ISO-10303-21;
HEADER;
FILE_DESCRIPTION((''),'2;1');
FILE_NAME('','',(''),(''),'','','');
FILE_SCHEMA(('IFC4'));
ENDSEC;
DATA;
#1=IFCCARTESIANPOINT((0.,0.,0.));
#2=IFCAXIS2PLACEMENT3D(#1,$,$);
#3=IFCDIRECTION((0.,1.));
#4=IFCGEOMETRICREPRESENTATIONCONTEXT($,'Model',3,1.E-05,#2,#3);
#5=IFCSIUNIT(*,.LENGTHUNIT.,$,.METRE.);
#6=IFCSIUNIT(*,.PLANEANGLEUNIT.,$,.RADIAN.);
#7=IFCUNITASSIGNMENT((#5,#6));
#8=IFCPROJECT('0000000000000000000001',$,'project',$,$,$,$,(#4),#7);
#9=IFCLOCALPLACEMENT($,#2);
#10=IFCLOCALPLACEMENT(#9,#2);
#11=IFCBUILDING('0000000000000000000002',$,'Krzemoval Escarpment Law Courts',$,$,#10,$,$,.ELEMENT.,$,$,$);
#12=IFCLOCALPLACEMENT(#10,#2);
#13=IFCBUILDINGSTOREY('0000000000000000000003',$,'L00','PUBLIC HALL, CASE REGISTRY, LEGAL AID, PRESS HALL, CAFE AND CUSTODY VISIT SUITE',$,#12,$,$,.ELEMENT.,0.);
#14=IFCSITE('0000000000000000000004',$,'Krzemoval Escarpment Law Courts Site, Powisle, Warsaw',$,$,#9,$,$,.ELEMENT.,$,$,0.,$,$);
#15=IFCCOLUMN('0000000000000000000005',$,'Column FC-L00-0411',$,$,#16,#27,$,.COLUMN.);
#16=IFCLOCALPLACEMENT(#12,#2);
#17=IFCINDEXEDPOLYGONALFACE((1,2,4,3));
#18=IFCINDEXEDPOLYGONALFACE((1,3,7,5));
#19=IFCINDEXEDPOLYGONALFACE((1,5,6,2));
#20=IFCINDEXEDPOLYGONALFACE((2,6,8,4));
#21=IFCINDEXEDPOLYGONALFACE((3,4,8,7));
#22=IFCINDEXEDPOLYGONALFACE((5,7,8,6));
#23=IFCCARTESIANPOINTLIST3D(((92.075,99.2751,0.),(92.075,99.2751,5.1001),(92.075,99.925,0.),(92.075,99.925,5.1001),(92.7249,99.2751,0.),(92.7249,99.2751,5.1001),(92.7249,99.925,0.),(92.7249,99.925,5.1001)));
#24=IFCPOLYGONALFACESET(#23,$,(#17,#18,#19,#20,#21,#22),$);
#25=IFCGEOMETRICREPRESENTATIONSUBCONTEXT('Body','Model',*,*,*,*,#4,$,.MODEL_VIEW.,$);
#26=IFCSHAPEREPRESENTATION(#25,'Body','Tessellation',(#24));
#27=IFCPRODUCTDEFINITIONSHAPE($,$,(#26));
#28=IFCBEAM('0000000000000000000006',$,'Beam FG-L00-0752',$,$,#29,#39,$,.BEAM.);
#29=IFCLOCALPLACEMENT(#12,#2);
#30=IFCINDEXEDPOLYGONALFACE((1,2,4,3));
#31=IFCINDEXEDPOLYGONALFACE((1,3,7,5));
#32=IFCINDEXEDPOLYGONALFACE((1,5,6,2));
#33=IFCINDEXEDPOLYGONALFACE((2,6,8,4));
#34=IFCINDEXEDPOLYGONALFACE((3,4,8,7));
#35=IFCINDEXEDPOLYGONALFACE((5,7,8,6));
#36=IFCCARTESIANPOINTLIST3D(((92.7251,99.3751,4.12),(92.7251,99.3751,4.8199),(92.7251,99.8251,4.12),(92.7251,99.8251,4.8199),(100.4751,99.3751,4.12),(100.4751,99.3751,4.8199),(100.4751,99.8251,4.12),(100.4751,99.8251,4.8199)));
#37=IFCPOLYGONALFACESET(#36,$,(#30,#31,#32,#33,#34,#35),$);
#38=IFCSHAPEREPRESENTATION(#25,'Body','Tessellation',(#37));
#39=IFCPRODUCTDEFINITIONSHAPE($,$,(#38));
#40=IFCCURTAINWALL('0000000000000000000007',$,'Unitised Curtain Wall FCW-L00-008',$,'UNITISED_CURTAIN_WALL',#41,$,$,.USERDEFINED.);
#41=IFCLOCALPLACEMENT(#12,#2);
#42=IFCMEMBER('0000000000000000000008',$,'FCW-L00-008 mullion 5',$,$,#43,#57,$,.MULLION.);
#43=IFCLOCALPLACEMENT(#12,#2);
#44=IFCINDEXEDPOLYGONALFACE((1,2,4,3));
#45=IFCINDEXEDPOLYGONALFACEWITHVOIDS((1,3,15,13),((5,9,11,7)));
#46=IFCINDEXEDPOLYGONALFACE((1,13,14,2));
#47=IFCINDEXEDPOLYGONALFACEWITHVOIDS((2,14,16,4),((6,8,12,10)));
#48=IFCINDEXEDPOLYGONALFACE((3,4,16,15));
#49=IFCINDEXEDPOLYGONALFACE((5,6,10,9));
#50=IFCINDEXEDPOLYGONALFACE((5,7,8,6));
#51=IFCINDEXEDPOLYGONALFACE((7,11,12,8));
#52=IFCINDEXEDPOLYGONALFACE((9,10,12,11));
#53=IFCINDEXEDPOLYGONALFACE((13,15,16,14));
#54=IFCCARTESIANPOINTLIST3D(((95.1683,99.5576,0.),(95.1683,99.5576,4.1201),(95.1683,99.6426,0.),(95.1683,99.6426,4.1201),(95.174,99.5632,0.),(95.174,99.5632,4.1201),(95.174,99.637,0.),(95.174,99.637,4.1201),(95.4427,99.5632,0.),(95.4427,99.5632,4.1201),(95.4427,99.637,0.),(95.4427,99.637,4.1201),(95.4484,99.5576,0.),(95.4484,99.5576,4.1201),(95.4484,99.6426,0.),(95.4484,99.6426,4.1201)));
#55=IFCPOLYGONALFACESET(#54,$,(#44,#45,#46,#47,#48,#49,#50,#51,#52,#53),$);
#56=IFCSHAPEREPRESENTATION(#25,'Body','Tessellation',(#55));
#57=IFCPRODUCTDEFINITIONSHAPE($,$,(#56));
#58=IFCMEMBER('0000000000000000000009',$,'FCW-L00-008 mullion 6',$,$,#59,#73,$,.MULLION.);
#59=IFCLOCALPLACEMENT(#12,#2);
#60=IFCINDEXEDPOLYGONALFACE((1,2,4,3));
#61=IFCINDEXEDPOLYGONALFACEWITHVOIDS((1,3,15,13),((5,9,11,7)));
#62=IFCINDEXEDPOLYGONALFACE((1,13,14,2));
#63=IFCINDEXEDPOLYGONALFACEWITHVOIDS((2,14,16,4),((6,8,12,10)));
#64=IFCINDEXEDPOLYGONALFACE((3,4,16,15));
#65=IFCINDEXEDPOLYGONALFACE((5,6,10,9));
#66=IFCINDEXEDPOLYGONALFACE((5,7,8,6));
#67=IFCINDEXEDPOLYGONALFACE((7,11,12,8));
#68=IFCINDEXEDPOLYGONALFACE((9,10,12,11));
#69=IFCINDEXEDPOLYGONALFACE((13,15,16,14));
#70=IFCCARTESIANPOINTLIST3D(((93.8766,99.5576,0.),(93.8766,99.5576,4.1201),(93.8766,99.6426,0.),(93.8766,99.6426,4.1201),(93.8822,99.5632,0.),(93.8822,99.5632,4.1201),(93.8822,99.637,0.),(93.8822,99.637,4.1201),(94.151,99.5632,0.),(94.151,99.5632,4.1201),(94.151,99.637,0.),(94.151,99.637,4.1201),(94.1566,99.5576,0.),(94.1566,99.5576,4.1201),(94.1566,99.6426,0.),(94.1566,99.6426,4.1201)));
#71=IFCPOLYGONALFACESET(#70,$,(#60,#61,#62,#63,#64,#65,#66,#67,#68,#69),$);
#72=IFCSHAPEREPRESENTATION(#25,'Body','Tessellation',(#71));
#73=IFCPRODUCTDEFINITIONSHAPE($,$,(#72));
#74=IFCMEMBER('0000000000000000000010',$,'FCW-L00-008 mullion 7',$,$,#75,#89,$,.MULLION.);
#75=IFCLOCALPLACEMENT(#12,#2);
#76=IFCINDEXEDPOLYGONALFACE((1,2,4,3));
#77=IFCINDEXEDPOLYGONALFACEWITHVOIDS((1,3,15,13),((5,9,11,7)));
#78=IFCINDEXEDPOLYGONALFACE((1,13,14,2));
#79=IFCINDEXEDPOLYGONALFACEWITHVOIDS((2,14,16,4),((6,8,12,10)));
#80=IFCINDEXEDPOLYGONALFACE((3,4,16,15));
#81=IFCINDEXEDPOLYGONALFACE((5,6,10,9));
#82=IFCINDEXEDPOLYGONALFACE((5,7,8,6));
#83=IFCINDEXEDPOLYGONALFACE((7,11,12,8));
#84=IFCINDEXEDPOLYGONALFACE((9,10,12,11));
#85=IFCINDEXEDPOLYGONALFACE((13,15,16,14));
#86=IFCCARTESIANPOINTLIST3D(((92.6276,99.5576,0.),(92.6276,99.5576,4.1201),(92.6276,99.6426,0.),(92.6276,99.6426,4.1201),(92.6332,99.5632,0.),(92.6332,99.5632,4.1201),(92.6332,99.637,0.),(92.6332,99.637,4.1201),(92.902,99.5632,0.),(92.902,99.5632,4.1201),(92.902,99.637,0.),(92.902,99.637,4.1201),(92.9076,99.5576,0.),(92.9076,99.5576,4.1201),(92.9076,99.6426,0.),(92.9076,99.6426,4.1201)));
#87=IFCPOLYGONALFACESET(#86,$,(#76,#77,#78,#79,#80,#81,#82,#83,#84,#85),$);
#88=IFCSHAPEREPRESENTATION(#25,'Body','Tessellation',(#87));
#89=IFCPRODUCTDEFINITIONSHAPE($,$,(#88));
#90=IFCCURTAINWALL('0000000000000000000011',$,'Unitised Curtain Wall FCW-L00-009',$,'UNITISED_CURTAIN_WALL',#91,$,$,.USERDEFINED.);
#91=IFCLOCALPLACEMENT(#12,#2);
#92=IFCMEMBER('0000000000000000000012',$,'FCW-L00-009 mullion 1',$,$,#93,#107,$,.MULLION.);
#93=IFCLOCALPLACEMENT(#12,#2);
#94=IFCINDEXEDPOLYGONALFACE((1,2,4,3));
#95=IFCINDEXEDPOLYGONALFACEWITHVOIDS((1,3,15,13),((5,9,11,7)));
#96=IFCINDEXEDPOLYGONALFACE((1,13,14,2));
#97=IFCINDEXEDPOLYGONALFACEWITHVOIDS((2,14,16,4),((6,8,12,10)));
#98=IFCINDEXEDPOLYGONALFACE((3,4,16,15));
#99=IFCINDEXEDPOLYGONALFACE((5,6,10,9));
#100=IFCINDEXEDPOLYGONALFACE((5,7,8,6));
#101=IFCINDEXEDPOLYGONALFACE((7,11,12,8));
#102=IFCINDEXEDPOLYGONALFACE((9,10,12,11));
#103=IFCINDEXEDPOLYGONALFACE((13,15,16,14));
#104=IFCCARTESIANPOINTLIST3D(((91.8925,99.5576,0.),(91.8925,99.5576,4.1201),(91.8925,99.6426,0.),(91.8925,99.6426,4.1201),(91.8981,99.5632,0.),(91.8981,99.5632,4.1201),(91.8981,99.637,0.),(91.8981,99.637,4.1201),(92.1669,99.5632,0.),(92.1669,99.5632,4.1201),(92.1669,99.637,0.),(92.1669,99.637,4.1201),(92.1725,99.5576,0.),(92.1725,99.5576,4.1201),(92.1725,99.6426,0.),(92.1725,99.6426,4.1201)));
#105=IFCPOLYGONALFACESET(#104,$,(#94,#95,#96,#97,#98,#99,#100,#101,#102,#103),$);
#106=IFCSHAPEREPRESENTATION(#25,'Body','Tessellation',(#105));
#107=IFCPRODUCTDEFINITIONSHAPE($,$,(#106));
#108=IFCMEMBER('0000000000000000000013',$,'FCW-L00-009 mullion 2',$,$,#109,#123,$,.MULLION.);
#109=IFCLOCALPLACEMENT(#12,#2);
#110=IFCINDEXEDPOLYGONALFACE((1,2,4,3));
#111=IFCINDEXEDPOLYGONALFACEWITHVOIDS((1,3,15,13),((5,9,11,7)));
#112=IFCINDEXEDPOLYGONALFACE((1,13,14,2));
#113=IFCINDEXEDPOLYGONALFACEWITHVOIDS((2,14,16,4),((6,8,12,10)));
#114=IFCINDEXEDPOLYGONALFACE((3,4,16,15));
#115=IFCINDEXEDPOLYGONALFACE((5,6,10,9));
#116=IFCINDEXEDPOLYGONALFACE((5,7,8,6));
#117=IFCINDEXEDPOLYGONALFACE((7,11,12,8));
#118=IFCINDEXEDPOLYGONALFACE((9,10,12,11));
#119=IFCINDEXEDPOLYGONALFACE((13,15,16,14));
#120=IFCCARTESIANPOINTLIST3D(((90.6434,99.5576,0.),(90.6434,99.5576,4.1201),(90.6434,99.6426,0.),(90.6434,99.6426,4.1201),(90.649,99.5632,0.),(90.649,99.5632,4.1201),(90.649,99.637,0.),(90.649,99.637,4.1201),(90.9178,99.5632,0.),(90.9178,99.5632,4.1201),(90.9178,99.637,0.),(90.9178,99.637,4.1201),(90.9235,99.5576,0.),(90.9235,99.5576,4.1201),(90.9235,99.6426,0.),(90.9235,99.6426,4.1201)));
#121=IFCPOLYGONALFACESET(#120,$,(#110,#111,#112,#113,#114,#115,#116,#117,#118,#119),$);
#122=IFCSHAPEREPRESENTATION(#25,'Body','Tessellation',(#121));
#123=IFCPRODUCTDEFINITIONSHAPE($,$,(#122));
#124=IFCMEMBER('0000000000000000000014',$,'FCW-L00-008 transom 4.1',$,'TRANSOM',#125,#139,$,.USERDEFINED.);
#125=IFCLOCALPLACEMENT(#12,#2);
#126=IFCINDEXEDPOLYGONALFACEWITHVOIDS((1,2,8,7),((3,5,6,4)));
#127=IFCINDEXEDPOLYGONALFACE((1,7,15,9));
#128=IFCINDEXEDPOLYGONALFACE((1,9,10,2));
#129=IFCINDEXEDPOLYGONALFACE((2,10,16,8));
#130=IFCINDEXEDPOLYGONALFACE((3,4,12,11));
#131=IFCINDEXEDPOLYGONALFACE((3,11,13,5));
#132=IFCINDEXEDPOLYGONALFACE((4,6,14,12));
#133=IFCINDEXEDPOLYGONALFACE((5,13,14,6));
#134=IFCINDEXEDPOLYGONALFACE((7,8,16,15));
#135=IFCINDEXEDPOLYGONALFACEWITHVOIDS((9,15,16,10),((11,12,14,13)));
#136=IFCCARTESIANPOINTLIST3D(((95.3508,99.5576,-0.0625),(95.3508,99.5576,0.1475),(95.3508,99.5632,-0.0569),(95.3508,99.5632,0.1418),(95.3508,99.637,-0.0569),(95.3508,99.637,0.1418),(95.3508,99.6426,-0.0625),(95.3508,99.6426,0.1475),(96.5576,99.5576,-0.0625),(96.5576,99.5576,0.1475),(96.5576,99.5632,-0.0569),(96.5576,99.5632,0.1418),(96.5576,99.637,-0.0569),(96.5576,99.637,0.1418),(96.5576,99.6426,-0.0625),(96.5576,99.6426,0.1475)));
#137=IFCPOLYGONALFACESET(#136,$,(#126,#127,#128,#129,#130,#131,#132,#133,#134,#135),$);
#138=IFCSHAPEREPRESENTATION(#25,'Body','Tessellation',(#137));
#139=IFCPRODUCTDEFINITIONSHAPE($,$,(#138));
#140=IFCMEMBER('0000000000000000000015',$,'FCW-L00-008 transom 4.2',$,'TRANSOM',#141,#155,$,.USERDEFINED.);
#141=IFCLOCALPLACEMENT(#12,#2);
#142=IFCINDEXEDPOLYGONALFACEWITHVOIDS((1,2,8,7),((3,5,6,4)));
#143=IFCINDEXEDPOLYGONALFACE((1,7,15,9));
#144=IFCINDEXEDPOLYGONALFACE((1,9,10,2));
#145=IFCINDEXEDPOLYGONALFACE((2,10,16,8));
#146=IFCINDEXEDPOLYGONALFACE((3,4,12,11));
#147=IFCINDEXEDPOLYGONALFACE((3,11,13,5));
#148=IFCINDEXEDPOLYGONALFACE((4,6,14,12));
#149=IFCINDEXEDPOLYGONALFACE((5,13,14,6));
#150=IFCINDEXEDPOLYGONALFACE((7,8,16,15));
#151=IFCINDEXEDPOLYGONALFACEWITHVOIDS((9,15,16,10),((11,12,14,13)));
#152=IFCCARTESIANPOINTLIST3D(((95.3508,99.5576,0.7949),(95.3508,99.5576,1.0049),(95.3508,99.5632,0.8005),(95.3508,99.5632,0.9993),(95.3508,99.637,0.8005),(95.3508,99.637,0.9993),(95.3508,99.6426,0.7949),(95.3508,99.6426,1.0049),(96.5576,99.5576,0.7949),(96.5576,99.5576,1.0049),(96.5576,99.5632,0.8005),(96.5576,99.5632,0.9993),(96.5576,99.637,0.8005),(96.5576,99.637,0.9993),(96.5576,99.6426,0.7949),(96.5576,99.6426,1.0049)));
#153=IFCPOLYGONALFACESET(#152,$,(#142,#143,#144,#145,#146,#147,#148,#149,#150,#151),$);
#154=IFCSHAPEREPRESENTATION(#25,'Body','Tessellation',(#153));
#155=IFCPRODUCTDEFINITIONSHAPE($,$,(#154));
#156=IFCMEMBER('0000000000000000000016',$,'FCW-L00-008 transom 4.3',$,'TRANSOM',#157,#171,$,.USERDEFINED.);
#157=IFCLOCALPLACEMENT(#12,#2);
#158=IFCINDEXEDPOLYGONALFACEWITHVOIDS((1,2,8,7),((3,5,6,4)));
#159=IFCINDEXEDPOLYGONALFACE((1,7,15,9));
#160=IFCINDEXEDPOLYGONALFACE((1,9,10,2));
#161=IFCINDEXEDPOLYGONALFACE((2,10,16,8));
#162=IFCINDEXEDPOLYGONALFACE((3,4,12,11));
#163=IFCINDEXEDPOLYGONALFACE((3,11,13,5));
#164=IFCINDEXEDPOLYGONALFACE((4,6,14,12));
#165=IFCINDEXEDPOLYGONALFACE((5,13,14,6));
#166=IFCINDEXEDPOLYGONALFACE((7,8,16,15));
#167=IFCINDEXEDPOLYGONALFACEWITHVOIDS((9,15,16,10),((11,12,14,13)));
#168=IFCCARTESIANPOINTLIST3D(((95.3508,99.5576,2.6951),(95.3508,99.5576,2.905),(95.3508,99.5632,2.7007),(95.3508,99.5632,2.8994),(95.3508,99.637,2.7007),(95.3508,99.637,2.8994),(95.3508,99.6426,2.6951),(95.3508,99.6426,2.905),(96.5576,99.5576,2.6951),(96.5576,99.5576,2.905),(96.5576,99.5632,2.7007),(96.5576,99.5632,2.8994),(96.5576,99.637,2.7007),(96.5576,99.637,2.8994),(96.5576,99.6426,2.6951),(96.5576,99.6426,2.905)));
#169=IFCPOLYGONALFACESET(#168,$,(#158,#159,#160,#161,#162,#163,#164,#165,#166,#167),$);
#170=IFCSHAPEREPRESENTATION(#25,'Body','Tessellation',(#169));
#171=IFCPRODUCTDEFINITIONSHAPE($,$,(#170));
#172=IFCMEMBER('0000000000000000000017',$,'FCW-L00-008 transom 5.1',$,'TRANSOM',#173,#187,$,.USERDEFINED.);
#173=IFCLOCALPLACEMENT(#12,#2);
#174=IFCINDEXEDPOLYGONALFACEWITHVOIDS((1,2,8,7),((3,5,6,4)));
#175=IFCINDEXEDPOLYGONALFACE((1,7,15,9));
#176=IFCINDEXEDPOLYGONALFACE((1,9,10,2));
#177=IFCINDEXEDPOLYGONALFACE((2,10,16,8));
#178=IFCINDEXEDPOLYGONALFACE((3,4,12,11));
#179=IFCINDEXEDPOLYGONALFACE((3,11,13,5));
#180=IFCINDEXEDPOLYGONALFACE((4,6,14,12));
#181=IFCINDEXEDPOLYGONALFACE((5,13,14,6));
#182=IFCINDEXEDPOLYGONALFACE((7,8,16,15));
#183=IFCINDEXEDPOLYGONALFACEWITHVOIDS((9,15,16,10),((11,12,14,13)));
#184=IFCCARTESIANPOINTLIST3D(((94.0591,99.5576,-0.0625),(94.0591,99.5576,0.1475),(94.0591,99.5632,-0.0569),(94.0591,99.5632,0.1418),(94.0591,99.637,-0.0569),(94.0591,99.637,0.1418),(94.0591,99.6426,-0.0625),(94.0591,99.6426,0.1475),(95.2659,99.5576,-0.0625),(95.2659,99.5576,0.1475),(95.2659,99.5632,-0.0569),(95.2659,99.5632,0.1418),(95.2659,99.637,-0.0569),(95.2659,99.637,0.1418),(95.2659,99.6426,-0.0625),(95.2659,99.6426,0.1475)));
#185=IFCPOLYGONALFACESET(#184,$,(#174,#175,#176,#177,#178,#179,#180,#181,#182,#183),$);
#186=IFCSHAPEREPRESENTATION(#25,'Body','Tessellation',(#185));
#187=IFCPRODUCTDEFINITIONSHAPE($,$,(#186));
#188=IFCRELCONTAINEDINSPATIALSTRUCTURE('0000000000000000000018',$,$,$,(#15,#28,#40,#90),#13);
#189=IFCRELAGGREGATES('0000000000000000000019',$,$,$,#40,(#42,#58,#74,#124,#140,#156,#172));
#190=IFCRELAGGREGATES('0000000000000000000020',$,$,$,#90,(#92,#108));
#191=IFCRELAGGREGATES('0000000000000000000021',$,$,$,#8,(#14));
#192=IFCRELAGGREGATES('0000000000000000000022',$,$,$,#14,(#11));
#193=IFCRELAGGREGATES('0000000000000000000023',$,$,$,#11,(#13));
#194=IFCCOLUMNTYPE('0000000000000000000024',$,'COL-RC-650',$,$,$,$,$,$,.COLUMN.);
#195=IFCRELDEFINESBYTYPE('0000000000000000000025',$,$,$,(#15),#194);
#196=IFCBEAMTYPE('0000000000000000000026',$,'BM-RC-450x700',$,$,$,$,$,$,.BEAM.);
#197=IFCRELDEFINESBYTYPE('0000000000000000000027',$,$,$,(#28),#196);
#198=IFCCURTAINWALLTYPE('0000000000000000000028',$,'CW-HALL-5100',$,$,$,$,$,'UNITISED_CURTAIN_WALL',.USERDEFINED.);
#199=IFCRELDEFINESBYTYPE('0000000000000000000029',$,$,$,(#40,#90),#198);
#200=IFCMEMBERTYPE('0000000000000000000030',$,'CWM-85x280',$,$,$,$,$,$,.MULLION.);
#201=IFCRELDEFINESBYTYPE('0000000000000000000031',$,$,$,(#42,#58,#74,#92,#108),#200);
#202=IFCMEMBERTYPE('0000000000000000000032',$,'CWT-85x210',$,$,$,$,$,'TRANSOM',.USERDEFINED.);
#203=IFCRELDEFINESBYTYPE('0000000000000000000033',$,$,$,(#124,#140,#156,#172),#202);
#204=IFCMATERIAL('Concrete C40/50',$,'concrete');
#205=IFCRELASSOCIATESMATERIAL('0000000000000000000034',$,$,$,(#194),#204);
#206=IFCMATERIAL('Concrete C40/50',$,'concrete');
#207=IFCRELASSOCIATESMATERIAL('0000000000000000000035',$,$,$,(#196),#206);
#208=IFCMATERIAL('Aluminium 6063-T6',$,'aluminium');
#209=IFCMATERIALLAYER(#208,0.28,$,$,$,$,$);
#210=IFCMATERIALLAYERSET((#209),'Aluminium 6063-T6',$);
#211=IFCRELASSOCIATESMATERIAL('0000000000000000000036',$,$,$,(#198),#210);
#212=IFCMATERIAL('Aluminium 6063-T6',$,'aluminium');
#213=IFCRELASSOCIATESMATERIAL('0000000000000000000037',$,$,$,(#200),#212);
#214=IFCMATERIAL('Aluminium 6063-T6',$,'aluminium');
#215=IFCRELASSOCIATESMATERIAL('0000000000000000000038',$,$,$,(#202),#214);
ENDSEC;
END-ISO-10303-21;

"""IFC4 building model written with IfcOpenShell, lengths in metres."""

from ifc_helpers import new_model, si_unit, direction, frame, origin, origin_2d, place, context, subcontext, project, spatial, rectangle, hollow_rectangle, extrude, material, layer, layer_set, material_profile, profile_set, type_object, element, aggregate, save


model = new_model("IFC4")

# Units and contexts
model_context = context("Model", 3, precision=1e-05, world=origin(), true_north=direction((0.0, 1.0)))
body_context = subcontext(model_context, "Body", "Model", "MODEL_VIEW")
ifc_project = project(units=[si_unit("LENGTHUNIT", "METRE"), si_unit("PLANEANGLEUNIT", "RADIAN")], contexts=[model_context])

# Site, building, storey
site_placement = place(None, origin())
site = spatial("IfcSite", under=ifc_project, at=site_placement, Name="Krzemoval Escarpment Law Courts Site, Powisle, Warsaw", CompositionType="ELEMENT", RefElevation=0.0)
building_placement = place(site_placement, origin())
building = spatial("IfcBuilding", under=site, at=building_placement, Name="Krzemoval Escarpment Law Courts", CompositionType="ELEMENT")
storey_placement = place(building_placement, origin())
storey = spatial("IfcBuildingStorey", under=building, at=storey_placement, Name="L00", Description="PUBLIC HALL, CASE REGISTRY, LEGAL AID, PRESS HALL, CAFE AND CUSTODY VISIT SUITE", CompositionType="ELEMENT", Elevation=0.0)

# Column
ifc_material_1 = material(Name="Concrete C40/50", Category="concrete")
ifc_material_profile_1 = material_profile(ifc_material_1, rectangle(XDim=0.6499, YDim=0.6499, at=origin_2d()), Name="RC 650x650")
ifc_profile_set_1 = profile_set([ifc_material_profile_1], Name="Concrete C40/50")
column_type = type_object("IfcColumnType", Name="COL-RC-650", PredefinedType="COLUMN", material=ifc_profile_set_1)
column_placement = place(storey_placement, frame((92.3999, 99.6001, 0.0), z_axis=(0.0, 0.0, 1.0), x_axis=(1.0, 0.0, 0.0)))
element("IfcColumn", 1, at=column_placement, inside=storey, type_object=column_type, Name="Column FC-L00-0411", PredefinedType="COLUMN", context=body_context, shape_type="SweptSolid", body=[
    extrude(rectangle(XDim=0.6499, YDim=0.6499, at=origin_2d()), origin(), (0.0, 0.0, 1.0), 5.1001),
])

# Beam
ifc_material_2 = material(Name="Concrete C40/50", Category="concrete")
ifc_material_profile_2 = material_profile(ifc_material_2, rectangle(XDim=0.45, YDim=0.7, at=origin_2d()), Name="RCB 450x700")
ifc_profile_set_2 = profile_set([ifc_material_profile_2], Name="Concrete C40/50")
beam_type = type_object("IfcBeamType", Name="BM-RC-450x700", PredefinedType="BEAM", material=ifc_profile_set_2)
beam_placement = place(storey_placement, frame((92.7251, 99.6001, 4.47), z_axis=(1.0, 0.0, 0.0), x_axis=(0.0, 1.0, 0.0)))
element("IfcBeam", 2, at=beam_placement, inside=storey, type_object=beam_type, Name="Beam FG-L00-0752", PredefinedType="BEAM", context=body_context, shape_type="SweptSolid", body=[
    extrude(rectangle(XDim=0.45, YDim=0.7, at=origin_2d()), origin(), (0.0, 0.0, 1.0), 7.75),
])

# Curtain walls, members
ifc_material_3 = material(Name="Aluminium 6063-T6", Category="aluminium")
ifc_layer_1 = layer(ifc_material_3, 0.28)
ifc_layer_set_1 = layer_set([ifc_layer_1], Name="Aluminium 6063-T6")
curtain_wall_type = type_object("IfcCurtainWallType", Name="CW-HALL-5100", ElementType="UNITISED_CURTAIN_WALL", PredefinedType="USERDEFINED", material=ifc_layer_set_1)
curtain_wall_1_placement = place(storey_placement, origin())
curtain_wall_1 = element("IfcCurtainWall", 3, at=curtain_wall_1_placement, inside=storey, type_object=curtain_wall_type, Name="Unitised Curtain Wall FCW-L00-008", ObjectType="UNITISED_CURTAIN_WALL", PredefinedType="USERDEFINED")
ifc_material_4 = material(Name="Aluminium 6063-T6", Category="aluminium")
ifc_material_profile_3 = material_profile(ifc_material_4, hollow_rectangle(XDim=0.085, YDim=0.28, WallThickness=0.0056, at=origin_2d()), Name="ALU M85x280")
ifc_profile_set_3 = profile_set([ifc_material_profile_3], Name="Aluminium 6063-T6")
member_type_1 = type_object("IfcMemberType", Name="CWM-85x280", PredefinedType="MULLION", material=ifc_profile_set_3)
member_1_placement = place(storey_placement, frame((95.3083, 99.6001, 0.0), z_axis=(0.0, 0.0, 1.0), x_axis=(0.0, -1.0, 0.0)))
member_1 = element("IfcMember", 4, at=member_1_placement, type_object=member_type_1, Name="FCW-L00-008 mullion 5", PredefinedType="MULLION", context=body_context, shape_type="SweptSolid", body=[
    extrude(hollow_rectangle(XDim=0.085, YDim=0.28, WallThickness=0.0056, at=origin_2d()), origin(), (0.0, 0.0, 1.0), 4.1201),
])
member_2_placement = place(storey_placement, frame((94.0166, 99.6001, 0.0), z_axis=(0.0, 0.0, 1.0), x_axis=(0.0, -1.0, 0.0)))
member_2 = element("IfcMember", 5, at=member_2_placement, type_object=member_type_1, Name="FCW-L00-008 mullion 6", PredefinedType="MULLION", context=body_context, shape_type="SweptSolid", body=[
    extrude(hollow_rectangle(XDim=0.085, YDim=0.28, WallThickness=0.0056, at=origin_2d()), origin(), (0.0, 0.0, 1.0), 4.1201),
])
member_3_placement = place(storey_placement, frame((92.7676, 99.6001, 0.0), z_axis=(0.0, 0.0, 1.0), x_axis=(0.0, -1.0, 0.0)))
member_3 = element("IfcMember", 6, at=member_3_placement, type_object=member_type_1, Name="FCW-L00-008 mullion 7", PredefinedType="MULLION", context=body_context, shape_type="SweptSolid", body=[
    extrude(hollow_rectangle(XDim=0.085, YDim=0.28, WallThickness=0.0056, at=origin_2d()), origin(), (0.0, 0.0, 1.0), 4.1201),
])
curtain_wall_2_placement = place(storey_placement, origin())
curtain_wall_2 = element("IfcCurtainWall", 7, at=curtain_wall_2_placement, inside=storey, type_object=curtain_wall_type, Name="Unitised Curtain Wall FCW-L00-009", ObjectType="UNITISED_CURTAIN_WALL", PredefinedType="USERDEFINED")
member_4_placement = place(storey_placement, frame((92.0325, 99.6001, 0.0), z_axis=(0.0, 0.0, 1.0), x_axis=(0.0, -1.0, 0.0)))
member_4 = element("IfcMember", 8, at=member_4_placement, type_object=member_type_1, Name="FCW-L00-009 mullion 1", PredefinedType="MULLION", context=body_context, shape_type="SweptSolid", body=[
    extrude(hollow_rectangle(XDim=0.085, YDim=0.28, WallThickness=0.0056, at=origin_2d()), origin(), (0.0, 0.0, 1.0), 4.1201),
])
member_5_placement = place(storey_placement, frame((90.7834, 99.6001, 0.0), z_axis=(0.0, 0.0, 1.0), x_axis=(0.0, -1.0, 0.0)))
member_5 = element("IfcMember", 9, at=member_5_placement, type_object=member_type_1, Name="FCW-L00-009 mullion 2", PredefinedType="MULLION", context=body_context, shape_type="SweptSolid", body=[
    extrude(hollow_rectangle(XDim=0.085, YDim=0.28, WallThickness=0.0056, at=origin_2d()), origin(), (0.0, 0.0, 1.0), 4.1201),
])

# Members
ifc_material_5 = material(Name="Aluminium 6063-T6", Category="aluminium")
ifc_material_profile_4 = material_profile(ifc_material_5, hollow_rectangle(XDim=0.085, YDim=0.21, WallThickness=0.0056, at=origin_2d()), Name="ALU T85x210")
ifc_profile_set_4 = profile_set([ifc_material_profile_4], Name="Aluminium 6063-T6")
member_type_2 = type_object("IfcMemberType", Name="CWT-85x210", ElementType="TRANSOM", PredefinedType="USERDEFINED", material=ifc_profile_set_4)
member_6_placement = place(storey_placement, frame((96.5576, 99.6001, 0.0425), z_axis=(-1.0, 0.0, 0.0), x_axis=(0.0, -1.0, 0.0)))
member_6 = element("IfcMember", 10, at=member_6_placement, type_object=member_type_2, Name="FCW-L00-008 transom 4.1", ObjectType="TRANSOM", PredefinedType="USERDEFINED", context=body_context, shape_type="SweptSolid", body=[
    extrude(hollow_rectangle(XDim=0.085, YDim=0.21, WallThickness=0.0056, at=origin_2d()), origin(), (0.0, 0.0, 1.0), 1.2068),
])
member_7_placement = place(storey_placement, frame((96.5576, 99.6001, 0.8999), z_axis=(-1.0, 0.0, 0.0), x_axis=(0.0, -1.0, 0.0)))
member_7 = element("IfcMember", 11, at=member_7_placement, type_object=member_type_2, Name="FCW-L00-008 transom 4.2", ObjectType="TRANSOM", PredefinedType="USERDEFINED", context=body_context, shape_type="SweptSolid", body=[
    extrude(hollow_rectangle(XDim=0.085, YDim=0.21, WallThickness=0.0056, at=origin_2d()), origin(), (0.0, 0.0, 1.0), 1.2068),
])
member_8_placement = place(storey_placement, frame((96.5576, 99.6001, 2.8), z_axis=(-1.0, 0.0, 0.0), x_axis=(0.0, -1.0, 0.0)))
member_8 = element("IfcMember", 12, at=member_8_placement, type_object=member_type_2, Name="FCW-L00-008 transom 4.3", ObjectType="TRANSOM", PredefinedType="USERDEFINED", context=body_context, shape_type="SweptSolid", body=[
    extrude(hollow_rectangle(XDim=0.085, YDim=0.21, WallThickness=0.0056, at=origin_2d()), origin(), (0.0, 0.0, 1.0), 1.2068),
])
member_9_placement = place(storey_placement, frame((95.2659, 99.6001, 0.0425), z_axis=(-1.0, 0.0, 0.0), x_axis=(0.0, -1.0, 0.0)))
member_9 = element("IfcMember", 13, at=member_9_placement, type_object=member_type_2, Name="FCW-L00-008 transom 5.1", ObjectType="TRANSOM", PredefinedType="USERDEFINED", context=body_context, shape_type="SweptSolid", body=[
    extrude(hollow_rectangle(XDim=0.085, YDim=0.21, WallThickness=0.0056, at=origin_2d()), origin(), (0.0, 0.0, 1.0), 1.2068),
])

aggregate(curtain_wall_1, [member_1, member_2, member_3, member_6, member_7, member_8, member_9])
aggregate(curtain_wall_2, [member_4, member_5])

save(model, "model.ifc")
